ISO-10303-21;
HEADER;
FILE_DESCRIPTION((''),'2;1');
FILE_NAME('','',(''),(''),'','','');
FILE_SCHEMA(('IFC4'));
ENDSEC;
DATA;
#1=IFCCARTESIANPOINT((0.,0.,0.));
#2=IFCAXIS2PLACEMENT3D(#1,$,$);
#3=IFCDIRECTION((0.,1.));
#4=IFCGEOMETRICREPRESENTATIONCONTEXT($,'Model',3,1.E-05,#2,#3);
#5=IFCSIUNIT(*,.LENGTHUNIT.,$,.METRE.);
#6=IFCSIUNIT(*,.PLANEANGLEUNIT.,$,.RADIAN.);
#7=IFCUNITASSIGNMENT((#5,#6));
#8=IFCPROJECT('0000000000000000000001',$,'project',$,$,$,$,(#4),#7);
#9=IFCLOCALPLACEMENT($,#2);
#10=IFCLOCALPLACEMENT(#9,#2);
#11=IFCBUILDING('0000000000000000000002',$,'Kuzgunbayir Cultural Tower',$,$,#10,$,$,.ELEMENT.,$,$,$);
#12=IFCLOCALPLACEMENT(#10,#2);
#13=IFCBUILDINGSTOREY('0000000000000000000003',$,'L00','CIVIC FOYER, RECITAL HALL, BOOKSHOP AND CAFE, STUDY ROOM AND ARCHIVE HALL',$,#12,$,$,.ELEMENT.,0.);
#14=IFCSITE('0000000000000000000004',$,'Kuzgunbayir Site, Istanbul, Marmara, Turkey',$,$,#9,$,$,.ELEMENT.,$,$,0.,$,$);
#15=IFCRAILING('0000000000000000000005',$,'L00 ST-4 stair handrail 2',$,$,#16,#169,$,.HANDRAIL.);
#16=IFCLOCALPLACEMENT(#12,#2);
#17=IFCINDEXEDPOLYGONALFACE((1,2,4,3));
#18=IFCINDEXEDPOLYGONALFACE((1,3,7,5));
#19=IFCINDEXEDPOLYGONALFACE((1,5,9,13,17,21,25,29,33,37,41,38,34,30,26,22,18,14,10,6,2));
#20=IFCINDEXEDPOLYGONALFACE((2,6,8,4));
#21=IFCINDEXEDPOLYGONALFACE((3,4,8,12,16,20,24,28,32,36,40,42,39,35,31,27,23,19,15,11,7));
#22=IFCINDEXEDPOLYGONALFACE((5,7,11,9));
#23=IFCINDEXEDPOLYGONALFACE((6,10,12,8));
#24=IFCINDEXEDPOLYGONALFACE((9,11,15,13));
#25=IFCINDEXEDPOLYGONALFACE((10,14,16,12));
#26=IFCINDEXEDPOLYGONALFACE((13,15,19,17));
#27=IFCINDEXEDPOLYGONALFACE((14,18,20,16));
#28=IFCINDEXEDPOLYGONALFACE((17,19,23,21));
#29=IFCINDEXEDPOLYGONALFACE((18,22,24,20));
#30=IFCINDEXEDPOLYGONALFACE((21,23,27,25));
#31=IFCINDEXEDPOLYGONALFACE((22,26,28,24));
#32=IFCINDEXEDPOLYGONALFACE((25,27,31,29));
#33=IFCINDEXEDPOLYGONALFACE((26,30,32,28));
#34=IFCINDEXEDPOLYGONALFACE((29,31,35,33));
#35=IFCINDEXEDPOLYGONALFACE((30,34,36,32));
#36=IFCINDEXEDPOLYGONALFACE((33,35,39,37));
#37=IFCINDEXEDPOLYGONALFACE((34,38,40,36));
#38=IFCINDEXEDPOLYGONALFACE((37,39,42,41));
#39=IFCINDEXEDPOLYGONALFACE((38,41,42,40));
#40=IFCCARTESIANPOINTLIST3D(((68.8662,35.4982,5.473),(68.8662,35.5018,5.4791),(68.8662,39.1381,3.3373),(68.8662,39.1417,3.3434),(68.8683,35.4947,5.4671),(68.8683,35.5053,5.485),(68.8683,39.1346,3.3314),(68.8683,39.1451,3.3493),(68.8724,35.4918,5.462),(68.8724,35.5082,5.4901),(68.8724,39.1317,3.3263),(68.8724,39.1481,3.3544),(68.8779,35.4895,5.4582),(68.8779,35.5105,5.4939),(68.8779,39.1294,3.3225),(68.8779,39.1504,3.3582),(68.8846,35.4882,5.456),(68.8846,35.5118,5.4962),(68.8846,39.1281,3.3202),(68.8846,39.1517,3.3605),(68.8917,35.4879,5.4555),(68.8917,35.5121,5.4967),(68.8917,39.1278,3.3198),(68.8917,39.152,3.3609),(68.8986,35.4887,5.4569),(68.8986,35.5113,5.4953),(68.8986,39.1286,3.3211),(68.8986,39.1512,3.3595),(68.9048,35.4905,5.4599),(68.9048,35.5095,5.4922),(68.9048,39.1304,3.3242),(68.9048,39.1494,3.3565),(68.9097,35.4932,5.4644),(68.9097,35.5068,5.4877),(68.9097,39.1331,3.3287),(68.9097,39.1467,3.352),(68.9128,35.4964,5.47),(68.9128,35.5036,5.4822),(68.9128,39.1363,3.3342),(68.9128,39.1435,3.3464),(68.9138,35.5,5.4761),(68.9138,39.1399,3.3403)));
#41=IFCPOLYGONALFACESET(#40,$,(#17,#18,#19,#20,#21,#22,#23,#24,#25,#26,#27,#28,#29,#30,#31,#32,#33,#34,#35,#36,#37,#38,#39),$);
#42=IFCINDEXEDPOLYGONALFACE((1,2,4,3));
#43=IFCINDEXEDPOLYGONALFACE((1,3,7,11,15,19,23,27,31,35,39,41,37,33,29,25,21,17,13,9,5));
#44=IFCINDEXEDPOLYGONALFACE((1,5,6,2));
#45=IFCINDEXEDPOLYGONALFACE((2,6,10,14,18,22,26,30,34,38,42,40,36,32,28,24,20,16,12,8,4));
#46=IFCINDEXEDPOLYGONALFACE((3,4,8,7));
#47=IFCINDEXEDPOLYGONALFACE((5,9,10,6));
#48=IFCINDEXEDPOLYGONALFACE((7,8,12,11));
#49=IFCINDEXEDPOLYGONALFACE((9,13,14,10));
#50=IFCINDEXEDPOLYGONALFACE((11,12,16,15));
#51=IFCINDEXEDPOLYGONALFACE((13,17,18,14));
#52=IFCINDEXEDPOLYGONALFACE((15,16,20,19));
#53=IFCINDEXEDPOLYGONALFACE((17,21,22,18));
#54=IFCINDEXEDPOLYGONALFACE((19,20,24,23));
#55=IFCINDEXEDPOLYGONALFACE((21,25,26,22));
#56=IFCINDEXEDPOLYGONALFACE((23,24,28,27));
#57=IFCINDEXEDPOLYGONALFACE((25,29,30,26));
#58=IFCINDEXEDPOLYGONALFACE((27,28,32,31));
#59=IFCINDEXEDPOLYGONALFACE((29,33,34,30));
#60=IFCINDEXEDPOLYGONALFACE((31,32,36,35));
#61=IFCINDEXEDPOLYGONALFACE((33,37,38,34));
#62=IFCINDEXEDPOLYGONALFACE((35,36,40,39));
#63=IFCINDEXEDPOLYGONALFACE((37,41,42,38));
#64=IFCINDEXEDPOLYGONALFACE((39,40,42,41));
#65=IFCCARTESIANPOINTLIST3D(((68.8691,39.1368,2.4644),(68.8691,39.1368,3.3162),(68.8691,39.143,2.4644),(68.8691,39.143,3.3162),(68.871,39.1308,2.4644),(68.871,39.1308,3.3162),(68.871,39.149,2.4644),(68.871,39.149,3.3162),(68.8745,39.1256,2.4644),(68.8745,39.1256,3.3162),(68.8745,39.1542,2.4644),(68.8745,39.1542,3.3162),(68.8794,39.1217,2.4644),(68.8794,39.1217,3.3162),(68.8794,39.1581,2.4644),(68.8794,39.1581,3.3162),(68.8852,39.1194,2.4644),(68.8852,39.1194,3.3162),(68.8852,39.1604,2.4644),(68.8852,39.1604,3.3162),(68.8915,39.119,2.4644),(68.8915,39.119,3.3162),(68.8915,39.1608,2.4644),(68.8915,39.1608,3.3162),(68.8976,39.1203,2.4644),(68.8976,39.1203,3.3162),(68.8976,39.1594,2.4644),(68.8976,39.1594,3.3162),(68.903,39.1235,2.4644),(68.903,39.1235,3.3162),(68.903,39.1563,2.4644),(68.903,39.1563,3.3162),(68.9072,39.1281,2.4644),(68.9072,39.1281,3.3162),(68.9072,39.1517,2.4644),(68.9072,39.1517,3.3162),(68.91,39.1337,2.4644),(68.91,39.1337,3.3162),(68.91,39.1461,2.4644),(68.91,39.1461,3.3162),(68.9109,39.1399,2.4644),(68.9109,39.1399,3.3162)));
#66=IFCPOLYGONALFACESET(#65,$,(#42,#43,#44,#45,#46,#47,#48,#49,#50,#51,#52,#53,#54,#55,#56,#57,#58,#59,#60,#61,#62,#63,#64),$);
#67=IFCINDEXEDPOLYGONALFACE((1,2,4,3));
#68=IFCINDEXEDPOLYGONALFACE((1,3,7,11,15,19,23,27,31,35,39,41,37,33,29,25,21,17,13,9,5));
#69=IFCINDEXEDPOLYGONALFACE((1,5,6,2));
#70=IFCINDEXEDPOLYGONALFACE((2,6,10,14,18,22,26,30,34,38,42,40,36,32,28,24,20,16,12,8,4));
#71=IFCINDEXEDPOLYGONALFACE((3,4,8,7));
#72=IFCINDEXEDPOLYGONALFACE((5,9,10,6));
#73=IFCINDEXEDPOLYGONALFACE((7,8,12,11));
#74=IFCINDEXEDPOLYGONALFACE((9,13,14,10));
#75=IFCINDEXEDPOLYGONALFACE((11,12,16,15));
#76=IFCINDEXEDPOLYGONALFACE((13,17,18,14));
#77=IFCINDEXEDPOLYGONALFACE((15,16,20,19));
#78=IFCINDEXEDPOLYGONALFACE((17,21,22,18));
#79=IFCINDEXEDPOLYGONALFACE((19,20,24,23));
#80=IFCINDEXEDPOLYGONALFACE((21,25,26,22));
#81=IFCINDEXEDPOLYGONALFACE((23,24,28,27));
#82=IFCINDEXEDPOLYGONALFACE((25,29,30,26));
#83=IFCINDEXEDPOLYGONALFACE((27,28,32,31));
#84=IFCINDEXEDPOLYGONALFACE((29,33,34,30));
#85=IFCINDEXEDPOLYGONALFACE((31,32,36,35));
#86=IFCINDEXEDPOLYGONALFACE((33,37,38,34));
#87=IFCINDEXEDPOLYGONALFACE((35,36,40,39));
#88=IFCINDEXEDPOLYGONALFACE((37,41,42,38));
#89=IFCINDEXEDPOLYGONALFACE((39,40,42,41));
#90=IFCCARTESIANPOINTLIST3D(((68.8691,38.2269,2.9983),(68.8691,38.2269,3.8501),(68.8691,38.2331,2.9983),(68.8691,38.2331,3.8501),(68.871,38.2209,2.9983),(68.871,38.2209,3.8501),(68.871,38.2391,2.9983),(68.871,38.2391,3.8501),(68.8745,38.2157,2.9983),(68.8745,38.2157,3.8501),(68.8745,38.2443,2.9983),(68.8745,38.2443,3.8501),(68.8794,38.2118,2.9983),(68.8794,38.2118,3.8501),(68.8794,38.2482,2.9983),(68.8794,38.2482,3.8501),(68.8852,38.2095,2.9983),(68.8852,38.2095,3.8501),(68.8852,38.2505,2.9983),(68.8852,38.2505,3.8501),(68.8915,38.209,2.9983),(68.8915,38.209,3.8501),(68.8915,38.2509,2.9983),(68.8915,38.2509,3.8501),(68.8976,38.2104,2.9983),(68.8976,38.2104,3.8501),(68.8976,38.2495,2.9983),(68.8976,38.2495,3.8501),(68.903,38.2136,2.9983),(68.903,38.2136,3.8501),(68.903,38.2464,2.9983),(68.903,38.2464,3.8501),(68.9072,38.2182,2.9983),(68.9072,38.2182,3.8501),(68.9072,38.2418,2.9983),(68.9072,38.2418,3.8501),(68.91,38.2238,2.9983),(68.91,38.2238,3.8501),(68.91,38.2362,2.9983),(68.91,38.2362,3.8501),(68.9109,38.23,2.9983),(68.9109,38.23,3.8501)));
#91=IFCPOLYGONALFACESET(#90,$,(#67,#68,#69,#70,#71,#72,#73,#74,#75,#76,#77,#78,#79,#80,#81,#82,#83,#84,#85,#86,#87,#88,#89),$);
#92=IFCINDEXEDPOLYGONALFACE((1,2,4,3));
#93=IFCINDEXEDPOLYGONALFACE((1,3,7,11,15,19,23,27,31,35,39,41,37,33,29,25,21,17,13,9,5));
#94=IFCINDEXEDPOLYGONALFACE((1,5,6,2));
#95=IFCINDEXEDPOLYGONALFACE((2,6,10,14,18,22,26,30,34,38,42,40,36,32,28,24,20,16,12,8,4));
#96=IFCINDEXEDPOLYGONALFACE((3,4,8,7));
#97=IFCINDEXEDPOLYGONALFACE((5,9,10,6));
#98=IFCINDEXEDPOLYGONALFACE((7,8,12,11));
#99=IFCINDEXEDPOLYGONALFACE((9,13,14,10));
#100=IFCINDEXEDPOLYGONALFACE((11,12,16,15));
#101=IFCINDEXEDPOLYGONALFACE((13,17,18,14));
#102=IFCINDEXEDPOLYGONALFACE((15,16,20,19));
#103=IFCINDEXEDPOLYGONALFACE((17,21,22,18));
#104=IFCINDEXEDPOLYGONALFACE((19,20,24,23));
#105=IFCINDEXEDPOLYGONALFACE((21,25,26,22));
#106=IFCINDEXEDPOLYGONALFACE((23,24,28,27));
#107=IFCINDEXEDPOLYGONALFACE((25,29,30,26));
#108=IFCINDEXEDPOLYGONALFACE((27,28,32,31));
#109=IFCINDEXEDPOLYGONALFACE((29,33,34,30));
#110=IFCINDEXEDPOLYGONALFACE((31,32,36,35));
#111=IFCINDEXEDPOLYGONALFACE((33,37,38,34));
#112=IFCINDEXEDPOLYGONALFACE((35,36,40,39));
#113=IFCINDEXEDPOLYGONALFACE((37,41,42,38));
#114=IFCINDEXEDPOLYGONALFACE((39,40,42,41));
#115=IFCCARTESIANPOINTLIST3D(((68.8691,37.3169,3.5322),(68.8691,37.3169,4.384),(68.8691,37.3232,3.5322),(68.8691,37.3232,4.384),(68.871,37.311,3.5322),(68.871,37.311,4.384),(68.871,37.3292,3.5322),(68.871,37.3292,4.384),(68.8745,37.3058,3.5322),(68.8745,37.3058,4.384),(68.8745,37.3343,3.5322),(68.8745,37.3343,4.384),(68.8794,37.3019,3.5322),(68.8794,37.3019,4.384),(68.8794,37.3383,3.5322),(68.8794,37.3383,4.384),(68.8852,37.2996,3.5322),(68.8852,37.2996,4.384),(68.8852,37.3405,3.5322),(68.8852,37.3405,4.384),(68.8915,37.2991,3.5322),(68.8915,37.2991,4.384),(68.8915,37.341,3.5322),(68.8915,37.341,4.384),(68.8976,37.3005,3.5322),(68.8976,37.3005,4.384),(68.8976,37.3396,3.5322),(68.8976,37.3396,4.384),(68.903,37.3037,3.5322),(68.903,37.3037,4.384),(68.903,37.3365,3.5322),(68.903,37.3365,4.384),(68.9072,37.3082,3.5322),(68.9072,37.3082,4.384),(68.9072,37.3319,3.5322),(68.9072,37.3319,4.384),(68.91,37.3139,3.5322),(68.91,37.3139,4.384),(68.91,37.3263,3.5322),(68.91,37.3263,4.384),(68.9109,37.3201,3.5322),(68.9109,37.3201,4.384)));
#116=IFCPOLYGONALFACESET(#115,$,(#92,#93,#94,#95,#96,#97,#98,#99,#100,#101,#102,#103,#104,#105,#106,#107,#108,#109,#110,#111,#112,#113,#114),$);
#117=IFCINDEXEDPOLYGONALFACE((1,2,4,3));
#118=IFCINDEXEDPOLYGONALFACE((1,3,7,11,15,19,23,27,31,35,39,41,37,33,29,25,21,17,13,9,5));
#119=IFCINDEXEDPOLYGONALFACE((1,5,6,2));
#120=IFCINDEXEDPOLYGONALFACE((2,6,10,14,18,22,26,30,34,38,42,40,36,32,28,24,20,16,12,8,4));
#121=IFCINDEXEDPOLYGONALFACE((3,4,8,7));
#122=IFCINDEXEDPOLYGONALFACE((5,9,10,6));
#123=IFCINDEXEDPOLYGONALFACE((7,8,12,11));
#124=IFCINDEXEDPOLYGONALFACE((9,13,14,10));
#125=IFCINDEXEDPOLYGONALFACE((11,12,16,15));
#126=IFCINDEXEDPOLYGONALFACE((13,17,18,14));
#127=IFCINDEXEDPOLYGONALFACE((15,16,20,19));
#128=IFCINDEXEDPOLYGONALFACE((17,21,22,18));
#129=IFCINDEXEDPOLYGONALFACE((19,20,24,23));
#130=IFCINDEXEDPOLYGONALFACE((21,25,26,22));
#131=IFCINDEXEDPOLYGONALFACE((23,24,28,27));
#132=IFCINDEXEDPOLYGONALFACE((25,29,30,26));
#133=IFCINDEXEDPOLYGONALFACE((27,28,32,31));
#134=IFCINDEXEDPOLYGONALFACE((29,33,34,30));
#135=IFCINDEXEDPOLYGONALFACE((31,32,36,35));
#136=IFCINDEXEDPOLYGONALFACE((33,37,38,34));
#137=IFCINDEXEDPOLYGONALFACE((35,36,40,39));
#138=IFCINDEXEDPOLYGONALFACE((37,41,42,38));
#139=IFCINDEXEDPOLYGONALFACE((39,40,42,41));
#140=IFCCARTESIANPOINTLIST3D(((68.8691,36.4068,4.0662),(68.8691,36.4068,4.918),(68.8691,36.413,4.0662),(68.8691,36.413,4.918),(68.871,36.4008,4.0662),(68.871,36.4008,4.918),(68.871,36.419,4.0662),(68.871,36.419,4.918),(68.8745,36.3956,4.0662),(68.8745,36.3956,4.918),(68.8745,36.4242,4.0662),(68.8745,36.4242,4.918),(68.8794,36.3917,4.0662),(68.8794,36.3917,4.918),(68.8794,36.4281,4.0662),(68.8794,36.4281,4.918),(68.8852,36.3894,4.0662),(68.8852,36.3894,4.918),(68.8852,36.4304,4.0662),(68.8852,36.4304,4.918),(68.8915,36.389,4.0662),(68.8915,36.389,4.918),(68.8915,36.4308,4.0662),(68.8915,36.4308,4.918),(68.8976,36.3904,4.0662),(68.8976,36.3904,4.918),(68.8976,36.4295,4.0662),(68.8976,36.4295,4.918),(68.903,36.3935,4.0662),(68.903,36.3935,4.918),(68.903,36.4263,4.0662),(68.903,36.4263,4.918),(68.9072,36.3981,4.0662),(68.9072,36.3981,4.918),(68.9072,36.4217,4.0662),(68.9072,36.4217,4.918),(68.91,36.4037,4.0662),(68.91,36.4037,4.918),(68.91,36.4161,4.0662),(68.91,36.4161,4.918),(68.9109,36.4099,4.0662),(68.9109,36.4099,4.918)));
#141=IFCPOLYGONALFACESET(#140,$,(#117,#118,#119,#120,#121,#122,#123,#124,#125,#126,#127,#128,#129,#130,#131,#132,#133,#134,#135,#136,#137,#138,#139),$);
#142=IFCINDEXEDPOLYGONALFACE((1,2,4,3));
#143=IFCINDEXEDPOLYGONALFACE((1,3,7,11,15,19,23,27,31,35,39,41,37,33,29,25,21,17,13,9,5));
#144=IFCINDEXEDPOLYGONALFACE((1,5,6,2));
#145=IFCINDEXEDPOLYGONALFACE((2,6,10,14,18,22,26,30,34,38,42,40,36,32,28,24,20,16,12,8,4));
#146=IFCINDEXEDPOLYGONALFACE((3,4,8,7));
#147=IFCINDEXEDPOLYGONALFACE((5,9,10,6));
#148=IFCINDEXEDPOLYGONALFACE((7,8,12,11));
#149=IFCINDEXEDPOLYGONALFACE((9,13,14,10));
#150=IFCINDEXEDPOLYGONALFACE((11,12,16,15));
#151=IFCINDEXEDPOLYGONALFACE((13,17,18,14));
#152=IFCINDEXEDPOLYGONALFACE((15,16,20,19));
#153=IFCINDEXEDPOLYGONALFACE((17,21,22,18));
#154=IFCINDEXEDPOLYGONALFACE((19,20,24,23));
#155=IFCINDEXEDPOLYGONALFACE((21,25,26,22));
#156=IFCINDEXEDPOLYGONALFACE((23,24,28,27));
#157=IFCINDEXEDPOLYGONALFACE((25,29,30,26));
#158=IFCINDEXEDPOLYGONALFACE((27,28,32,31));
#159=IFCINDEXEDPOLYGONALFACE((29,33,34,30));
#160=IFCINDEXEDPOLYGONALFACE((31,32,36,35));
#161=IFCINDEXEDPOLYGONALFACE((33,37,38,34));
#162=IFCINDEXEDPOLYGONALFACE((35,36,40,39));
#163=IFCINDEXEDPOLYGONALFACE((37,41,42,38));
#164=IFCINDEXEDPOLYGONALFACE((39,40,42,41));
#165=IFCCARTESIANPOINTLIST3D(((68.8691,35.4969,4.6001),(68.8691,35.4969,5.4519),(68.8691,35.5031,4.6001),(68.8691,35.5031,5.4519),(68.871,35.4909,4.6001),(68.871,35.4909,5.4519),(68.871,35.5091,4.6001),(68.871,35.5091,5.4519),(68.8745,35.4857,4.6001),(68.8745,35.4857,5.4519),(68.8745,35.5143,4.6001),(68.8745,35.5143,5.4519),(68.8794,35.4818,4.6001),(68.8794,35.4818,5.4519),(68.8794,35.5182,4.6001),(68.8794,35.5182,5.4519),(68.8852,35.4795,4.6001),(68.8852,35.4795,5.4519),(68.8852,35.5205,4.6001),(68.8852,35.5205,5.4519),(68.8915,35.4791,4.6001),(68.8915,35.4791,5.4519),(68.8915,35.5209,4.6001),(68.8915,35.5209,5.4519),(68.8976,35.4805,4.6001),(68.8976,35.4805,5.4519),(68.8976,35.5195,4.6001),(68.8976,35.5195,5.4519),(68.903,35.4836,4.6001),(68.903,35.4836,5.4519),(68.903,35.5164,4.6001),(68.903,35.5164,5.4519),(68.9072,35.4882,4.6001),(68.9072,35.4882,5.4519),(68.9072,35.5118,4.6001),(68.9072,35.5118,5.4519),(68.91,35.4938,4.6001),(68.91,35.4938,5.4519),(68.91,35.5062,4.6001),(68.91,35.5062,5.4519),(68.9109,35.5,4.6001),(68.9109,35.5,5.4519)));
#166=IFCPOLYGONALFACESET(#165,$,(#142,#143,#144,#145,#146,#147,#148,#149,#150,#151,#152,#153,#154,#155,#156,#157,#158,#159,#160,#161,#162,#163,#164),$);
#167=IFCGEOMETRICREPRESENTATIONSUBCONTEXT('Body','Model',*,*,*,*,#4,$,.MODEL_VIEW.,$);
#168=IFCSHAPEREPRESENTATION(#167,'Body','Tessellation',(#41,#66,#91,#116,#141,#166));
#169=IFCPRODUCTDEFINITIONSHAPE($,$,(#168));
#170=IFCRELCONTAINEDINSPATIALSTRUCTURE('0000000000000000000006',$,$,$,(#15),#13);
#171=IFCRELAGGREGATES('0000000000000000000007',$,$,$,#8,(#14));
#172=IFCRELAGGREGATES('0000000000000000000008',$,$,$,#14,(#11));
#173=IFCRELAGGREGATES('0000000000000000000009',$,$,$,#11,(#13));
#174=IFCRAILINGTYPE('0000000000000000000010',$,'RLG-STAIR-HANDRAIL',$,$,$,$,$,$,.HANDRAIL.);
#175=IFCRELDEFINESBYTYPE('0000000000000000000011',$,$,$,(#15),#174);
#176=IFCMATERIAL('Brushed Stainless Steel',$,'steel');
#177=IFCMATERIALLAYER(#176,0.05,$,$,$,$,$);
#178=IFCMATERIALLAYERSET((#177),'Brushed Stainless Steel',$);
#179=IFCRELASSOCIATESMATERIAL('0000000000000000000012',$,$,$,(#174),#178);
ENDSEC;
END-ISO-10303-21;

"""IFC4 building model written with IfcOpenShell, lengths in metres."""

from ifc_helpers import new_model, si_unit, direction, frame, origin, origin_2d, place, context, subcontext, project, spatial, circle, extrude, material, layer, layer_set, type_object, element, save


model = new_model("IFC4")

# Units and contexts
model_context = context("Model", 3, precision=1e-05, world=origin(), true_north=direction((0.0, 1.0)))
body_context = subcontext(model_context, "Body", "Model", "MODEL_VIEW")
ifc_project = project(units=[si_unit("LENGTHUNIT", "METRE"), si_unit("PLANEANGLEUNIT", "RADIAN")], contexts=[model_context])

# Site, building, storey
site_placement = place(None, origin())
site = spatial("IfcSite", under=ifc_project, at=site_placement, Name="Kuzgunbayir Site, Istanbul, Marmara, Turkey", CompositionType="ELEMENT", RefElevation=0.0)
building_placement = place(site_placement, origin())
building = spatial("IfcBuilding", under=site, at=building_placement, Name="Kuzgunbayir Cultural Tower", CompositionType="ELEMENT")
storey_placement = place(building_placement, origin())
storey = spatial("IfcBuildingStorey", under=building, at=storey_placement, Name="L00", Description="CIVIC FOYER, RECITAL HALL, BOOKSHOP AND CAFE, STUDY ROOM AND ARCHIVE HALL", CompositionType="ELEMENT", Elevation=0.0)

# Shared definitions
ifc_material_1 = material(Name="Brushed Stainless Steel", Category="steel")

# Railing
ifc_layer_1 = layer(ifc_material_1, 0.05)
ifc_layer_set_1 = layer_set([ifc_layer_1], Name="Brushed Stainless Steel")
railing_type = type_object("IfcRailingType", Name="RLG-STAIR-HANDRAIL", PredefinedType="HANDRAIL", material=ifc_layer_set_1)
railing_placement = place(storey_placement, frame((68.8899, 39.1399, 2.4644)))
element("IfcRailing", 1, at=railing_placement, inside=storey, type_object=railing_type, Name="L00 ST-4 stair handrail 2", PredefinedType="HANDRAIL", context=body_context, shape_type="SweptSolid", body=[
    extrude(circle(Radius=0.0239, at=origin_2d()), frame((0.0, 0.0, 0.876), z_axis=(0.0, -0.86249, 0.506074), x_axis=(1.0, 0.0, 0.0)), (0.0, 0.0, 1.0), 4.2202),
    extrude(circle(Radius=0.021, at=origin_2d()), origin(), (0.0, 0.0, 1.0), 0.8518),
    extrude(circle(Radius=0.021, at=origin_2d()), frame((0.0, -0.9099, 0.5339)), (0.0, 0.0, 1.0), 0.8518),
    extrude(circle(Radius=0.021, at=origin_2d()), frame((0.0, -1.8198, 1.0679)), (0.0, 0.0, 1.0), 0.8518),
    extrude(circle(Radius=0.021, at=origin_2d()), frame((0.0, -2.73, 1.6018)), (0.0, 0.0, 1.0), 0.8518),
    extrude(circle(Radius=0.021, at=origin_2d()), frame((0.0, -3.6399, 2.1357)), (0.0, 0.0, 1.0), 0.8518),
])

save(model, "model.ifc")
